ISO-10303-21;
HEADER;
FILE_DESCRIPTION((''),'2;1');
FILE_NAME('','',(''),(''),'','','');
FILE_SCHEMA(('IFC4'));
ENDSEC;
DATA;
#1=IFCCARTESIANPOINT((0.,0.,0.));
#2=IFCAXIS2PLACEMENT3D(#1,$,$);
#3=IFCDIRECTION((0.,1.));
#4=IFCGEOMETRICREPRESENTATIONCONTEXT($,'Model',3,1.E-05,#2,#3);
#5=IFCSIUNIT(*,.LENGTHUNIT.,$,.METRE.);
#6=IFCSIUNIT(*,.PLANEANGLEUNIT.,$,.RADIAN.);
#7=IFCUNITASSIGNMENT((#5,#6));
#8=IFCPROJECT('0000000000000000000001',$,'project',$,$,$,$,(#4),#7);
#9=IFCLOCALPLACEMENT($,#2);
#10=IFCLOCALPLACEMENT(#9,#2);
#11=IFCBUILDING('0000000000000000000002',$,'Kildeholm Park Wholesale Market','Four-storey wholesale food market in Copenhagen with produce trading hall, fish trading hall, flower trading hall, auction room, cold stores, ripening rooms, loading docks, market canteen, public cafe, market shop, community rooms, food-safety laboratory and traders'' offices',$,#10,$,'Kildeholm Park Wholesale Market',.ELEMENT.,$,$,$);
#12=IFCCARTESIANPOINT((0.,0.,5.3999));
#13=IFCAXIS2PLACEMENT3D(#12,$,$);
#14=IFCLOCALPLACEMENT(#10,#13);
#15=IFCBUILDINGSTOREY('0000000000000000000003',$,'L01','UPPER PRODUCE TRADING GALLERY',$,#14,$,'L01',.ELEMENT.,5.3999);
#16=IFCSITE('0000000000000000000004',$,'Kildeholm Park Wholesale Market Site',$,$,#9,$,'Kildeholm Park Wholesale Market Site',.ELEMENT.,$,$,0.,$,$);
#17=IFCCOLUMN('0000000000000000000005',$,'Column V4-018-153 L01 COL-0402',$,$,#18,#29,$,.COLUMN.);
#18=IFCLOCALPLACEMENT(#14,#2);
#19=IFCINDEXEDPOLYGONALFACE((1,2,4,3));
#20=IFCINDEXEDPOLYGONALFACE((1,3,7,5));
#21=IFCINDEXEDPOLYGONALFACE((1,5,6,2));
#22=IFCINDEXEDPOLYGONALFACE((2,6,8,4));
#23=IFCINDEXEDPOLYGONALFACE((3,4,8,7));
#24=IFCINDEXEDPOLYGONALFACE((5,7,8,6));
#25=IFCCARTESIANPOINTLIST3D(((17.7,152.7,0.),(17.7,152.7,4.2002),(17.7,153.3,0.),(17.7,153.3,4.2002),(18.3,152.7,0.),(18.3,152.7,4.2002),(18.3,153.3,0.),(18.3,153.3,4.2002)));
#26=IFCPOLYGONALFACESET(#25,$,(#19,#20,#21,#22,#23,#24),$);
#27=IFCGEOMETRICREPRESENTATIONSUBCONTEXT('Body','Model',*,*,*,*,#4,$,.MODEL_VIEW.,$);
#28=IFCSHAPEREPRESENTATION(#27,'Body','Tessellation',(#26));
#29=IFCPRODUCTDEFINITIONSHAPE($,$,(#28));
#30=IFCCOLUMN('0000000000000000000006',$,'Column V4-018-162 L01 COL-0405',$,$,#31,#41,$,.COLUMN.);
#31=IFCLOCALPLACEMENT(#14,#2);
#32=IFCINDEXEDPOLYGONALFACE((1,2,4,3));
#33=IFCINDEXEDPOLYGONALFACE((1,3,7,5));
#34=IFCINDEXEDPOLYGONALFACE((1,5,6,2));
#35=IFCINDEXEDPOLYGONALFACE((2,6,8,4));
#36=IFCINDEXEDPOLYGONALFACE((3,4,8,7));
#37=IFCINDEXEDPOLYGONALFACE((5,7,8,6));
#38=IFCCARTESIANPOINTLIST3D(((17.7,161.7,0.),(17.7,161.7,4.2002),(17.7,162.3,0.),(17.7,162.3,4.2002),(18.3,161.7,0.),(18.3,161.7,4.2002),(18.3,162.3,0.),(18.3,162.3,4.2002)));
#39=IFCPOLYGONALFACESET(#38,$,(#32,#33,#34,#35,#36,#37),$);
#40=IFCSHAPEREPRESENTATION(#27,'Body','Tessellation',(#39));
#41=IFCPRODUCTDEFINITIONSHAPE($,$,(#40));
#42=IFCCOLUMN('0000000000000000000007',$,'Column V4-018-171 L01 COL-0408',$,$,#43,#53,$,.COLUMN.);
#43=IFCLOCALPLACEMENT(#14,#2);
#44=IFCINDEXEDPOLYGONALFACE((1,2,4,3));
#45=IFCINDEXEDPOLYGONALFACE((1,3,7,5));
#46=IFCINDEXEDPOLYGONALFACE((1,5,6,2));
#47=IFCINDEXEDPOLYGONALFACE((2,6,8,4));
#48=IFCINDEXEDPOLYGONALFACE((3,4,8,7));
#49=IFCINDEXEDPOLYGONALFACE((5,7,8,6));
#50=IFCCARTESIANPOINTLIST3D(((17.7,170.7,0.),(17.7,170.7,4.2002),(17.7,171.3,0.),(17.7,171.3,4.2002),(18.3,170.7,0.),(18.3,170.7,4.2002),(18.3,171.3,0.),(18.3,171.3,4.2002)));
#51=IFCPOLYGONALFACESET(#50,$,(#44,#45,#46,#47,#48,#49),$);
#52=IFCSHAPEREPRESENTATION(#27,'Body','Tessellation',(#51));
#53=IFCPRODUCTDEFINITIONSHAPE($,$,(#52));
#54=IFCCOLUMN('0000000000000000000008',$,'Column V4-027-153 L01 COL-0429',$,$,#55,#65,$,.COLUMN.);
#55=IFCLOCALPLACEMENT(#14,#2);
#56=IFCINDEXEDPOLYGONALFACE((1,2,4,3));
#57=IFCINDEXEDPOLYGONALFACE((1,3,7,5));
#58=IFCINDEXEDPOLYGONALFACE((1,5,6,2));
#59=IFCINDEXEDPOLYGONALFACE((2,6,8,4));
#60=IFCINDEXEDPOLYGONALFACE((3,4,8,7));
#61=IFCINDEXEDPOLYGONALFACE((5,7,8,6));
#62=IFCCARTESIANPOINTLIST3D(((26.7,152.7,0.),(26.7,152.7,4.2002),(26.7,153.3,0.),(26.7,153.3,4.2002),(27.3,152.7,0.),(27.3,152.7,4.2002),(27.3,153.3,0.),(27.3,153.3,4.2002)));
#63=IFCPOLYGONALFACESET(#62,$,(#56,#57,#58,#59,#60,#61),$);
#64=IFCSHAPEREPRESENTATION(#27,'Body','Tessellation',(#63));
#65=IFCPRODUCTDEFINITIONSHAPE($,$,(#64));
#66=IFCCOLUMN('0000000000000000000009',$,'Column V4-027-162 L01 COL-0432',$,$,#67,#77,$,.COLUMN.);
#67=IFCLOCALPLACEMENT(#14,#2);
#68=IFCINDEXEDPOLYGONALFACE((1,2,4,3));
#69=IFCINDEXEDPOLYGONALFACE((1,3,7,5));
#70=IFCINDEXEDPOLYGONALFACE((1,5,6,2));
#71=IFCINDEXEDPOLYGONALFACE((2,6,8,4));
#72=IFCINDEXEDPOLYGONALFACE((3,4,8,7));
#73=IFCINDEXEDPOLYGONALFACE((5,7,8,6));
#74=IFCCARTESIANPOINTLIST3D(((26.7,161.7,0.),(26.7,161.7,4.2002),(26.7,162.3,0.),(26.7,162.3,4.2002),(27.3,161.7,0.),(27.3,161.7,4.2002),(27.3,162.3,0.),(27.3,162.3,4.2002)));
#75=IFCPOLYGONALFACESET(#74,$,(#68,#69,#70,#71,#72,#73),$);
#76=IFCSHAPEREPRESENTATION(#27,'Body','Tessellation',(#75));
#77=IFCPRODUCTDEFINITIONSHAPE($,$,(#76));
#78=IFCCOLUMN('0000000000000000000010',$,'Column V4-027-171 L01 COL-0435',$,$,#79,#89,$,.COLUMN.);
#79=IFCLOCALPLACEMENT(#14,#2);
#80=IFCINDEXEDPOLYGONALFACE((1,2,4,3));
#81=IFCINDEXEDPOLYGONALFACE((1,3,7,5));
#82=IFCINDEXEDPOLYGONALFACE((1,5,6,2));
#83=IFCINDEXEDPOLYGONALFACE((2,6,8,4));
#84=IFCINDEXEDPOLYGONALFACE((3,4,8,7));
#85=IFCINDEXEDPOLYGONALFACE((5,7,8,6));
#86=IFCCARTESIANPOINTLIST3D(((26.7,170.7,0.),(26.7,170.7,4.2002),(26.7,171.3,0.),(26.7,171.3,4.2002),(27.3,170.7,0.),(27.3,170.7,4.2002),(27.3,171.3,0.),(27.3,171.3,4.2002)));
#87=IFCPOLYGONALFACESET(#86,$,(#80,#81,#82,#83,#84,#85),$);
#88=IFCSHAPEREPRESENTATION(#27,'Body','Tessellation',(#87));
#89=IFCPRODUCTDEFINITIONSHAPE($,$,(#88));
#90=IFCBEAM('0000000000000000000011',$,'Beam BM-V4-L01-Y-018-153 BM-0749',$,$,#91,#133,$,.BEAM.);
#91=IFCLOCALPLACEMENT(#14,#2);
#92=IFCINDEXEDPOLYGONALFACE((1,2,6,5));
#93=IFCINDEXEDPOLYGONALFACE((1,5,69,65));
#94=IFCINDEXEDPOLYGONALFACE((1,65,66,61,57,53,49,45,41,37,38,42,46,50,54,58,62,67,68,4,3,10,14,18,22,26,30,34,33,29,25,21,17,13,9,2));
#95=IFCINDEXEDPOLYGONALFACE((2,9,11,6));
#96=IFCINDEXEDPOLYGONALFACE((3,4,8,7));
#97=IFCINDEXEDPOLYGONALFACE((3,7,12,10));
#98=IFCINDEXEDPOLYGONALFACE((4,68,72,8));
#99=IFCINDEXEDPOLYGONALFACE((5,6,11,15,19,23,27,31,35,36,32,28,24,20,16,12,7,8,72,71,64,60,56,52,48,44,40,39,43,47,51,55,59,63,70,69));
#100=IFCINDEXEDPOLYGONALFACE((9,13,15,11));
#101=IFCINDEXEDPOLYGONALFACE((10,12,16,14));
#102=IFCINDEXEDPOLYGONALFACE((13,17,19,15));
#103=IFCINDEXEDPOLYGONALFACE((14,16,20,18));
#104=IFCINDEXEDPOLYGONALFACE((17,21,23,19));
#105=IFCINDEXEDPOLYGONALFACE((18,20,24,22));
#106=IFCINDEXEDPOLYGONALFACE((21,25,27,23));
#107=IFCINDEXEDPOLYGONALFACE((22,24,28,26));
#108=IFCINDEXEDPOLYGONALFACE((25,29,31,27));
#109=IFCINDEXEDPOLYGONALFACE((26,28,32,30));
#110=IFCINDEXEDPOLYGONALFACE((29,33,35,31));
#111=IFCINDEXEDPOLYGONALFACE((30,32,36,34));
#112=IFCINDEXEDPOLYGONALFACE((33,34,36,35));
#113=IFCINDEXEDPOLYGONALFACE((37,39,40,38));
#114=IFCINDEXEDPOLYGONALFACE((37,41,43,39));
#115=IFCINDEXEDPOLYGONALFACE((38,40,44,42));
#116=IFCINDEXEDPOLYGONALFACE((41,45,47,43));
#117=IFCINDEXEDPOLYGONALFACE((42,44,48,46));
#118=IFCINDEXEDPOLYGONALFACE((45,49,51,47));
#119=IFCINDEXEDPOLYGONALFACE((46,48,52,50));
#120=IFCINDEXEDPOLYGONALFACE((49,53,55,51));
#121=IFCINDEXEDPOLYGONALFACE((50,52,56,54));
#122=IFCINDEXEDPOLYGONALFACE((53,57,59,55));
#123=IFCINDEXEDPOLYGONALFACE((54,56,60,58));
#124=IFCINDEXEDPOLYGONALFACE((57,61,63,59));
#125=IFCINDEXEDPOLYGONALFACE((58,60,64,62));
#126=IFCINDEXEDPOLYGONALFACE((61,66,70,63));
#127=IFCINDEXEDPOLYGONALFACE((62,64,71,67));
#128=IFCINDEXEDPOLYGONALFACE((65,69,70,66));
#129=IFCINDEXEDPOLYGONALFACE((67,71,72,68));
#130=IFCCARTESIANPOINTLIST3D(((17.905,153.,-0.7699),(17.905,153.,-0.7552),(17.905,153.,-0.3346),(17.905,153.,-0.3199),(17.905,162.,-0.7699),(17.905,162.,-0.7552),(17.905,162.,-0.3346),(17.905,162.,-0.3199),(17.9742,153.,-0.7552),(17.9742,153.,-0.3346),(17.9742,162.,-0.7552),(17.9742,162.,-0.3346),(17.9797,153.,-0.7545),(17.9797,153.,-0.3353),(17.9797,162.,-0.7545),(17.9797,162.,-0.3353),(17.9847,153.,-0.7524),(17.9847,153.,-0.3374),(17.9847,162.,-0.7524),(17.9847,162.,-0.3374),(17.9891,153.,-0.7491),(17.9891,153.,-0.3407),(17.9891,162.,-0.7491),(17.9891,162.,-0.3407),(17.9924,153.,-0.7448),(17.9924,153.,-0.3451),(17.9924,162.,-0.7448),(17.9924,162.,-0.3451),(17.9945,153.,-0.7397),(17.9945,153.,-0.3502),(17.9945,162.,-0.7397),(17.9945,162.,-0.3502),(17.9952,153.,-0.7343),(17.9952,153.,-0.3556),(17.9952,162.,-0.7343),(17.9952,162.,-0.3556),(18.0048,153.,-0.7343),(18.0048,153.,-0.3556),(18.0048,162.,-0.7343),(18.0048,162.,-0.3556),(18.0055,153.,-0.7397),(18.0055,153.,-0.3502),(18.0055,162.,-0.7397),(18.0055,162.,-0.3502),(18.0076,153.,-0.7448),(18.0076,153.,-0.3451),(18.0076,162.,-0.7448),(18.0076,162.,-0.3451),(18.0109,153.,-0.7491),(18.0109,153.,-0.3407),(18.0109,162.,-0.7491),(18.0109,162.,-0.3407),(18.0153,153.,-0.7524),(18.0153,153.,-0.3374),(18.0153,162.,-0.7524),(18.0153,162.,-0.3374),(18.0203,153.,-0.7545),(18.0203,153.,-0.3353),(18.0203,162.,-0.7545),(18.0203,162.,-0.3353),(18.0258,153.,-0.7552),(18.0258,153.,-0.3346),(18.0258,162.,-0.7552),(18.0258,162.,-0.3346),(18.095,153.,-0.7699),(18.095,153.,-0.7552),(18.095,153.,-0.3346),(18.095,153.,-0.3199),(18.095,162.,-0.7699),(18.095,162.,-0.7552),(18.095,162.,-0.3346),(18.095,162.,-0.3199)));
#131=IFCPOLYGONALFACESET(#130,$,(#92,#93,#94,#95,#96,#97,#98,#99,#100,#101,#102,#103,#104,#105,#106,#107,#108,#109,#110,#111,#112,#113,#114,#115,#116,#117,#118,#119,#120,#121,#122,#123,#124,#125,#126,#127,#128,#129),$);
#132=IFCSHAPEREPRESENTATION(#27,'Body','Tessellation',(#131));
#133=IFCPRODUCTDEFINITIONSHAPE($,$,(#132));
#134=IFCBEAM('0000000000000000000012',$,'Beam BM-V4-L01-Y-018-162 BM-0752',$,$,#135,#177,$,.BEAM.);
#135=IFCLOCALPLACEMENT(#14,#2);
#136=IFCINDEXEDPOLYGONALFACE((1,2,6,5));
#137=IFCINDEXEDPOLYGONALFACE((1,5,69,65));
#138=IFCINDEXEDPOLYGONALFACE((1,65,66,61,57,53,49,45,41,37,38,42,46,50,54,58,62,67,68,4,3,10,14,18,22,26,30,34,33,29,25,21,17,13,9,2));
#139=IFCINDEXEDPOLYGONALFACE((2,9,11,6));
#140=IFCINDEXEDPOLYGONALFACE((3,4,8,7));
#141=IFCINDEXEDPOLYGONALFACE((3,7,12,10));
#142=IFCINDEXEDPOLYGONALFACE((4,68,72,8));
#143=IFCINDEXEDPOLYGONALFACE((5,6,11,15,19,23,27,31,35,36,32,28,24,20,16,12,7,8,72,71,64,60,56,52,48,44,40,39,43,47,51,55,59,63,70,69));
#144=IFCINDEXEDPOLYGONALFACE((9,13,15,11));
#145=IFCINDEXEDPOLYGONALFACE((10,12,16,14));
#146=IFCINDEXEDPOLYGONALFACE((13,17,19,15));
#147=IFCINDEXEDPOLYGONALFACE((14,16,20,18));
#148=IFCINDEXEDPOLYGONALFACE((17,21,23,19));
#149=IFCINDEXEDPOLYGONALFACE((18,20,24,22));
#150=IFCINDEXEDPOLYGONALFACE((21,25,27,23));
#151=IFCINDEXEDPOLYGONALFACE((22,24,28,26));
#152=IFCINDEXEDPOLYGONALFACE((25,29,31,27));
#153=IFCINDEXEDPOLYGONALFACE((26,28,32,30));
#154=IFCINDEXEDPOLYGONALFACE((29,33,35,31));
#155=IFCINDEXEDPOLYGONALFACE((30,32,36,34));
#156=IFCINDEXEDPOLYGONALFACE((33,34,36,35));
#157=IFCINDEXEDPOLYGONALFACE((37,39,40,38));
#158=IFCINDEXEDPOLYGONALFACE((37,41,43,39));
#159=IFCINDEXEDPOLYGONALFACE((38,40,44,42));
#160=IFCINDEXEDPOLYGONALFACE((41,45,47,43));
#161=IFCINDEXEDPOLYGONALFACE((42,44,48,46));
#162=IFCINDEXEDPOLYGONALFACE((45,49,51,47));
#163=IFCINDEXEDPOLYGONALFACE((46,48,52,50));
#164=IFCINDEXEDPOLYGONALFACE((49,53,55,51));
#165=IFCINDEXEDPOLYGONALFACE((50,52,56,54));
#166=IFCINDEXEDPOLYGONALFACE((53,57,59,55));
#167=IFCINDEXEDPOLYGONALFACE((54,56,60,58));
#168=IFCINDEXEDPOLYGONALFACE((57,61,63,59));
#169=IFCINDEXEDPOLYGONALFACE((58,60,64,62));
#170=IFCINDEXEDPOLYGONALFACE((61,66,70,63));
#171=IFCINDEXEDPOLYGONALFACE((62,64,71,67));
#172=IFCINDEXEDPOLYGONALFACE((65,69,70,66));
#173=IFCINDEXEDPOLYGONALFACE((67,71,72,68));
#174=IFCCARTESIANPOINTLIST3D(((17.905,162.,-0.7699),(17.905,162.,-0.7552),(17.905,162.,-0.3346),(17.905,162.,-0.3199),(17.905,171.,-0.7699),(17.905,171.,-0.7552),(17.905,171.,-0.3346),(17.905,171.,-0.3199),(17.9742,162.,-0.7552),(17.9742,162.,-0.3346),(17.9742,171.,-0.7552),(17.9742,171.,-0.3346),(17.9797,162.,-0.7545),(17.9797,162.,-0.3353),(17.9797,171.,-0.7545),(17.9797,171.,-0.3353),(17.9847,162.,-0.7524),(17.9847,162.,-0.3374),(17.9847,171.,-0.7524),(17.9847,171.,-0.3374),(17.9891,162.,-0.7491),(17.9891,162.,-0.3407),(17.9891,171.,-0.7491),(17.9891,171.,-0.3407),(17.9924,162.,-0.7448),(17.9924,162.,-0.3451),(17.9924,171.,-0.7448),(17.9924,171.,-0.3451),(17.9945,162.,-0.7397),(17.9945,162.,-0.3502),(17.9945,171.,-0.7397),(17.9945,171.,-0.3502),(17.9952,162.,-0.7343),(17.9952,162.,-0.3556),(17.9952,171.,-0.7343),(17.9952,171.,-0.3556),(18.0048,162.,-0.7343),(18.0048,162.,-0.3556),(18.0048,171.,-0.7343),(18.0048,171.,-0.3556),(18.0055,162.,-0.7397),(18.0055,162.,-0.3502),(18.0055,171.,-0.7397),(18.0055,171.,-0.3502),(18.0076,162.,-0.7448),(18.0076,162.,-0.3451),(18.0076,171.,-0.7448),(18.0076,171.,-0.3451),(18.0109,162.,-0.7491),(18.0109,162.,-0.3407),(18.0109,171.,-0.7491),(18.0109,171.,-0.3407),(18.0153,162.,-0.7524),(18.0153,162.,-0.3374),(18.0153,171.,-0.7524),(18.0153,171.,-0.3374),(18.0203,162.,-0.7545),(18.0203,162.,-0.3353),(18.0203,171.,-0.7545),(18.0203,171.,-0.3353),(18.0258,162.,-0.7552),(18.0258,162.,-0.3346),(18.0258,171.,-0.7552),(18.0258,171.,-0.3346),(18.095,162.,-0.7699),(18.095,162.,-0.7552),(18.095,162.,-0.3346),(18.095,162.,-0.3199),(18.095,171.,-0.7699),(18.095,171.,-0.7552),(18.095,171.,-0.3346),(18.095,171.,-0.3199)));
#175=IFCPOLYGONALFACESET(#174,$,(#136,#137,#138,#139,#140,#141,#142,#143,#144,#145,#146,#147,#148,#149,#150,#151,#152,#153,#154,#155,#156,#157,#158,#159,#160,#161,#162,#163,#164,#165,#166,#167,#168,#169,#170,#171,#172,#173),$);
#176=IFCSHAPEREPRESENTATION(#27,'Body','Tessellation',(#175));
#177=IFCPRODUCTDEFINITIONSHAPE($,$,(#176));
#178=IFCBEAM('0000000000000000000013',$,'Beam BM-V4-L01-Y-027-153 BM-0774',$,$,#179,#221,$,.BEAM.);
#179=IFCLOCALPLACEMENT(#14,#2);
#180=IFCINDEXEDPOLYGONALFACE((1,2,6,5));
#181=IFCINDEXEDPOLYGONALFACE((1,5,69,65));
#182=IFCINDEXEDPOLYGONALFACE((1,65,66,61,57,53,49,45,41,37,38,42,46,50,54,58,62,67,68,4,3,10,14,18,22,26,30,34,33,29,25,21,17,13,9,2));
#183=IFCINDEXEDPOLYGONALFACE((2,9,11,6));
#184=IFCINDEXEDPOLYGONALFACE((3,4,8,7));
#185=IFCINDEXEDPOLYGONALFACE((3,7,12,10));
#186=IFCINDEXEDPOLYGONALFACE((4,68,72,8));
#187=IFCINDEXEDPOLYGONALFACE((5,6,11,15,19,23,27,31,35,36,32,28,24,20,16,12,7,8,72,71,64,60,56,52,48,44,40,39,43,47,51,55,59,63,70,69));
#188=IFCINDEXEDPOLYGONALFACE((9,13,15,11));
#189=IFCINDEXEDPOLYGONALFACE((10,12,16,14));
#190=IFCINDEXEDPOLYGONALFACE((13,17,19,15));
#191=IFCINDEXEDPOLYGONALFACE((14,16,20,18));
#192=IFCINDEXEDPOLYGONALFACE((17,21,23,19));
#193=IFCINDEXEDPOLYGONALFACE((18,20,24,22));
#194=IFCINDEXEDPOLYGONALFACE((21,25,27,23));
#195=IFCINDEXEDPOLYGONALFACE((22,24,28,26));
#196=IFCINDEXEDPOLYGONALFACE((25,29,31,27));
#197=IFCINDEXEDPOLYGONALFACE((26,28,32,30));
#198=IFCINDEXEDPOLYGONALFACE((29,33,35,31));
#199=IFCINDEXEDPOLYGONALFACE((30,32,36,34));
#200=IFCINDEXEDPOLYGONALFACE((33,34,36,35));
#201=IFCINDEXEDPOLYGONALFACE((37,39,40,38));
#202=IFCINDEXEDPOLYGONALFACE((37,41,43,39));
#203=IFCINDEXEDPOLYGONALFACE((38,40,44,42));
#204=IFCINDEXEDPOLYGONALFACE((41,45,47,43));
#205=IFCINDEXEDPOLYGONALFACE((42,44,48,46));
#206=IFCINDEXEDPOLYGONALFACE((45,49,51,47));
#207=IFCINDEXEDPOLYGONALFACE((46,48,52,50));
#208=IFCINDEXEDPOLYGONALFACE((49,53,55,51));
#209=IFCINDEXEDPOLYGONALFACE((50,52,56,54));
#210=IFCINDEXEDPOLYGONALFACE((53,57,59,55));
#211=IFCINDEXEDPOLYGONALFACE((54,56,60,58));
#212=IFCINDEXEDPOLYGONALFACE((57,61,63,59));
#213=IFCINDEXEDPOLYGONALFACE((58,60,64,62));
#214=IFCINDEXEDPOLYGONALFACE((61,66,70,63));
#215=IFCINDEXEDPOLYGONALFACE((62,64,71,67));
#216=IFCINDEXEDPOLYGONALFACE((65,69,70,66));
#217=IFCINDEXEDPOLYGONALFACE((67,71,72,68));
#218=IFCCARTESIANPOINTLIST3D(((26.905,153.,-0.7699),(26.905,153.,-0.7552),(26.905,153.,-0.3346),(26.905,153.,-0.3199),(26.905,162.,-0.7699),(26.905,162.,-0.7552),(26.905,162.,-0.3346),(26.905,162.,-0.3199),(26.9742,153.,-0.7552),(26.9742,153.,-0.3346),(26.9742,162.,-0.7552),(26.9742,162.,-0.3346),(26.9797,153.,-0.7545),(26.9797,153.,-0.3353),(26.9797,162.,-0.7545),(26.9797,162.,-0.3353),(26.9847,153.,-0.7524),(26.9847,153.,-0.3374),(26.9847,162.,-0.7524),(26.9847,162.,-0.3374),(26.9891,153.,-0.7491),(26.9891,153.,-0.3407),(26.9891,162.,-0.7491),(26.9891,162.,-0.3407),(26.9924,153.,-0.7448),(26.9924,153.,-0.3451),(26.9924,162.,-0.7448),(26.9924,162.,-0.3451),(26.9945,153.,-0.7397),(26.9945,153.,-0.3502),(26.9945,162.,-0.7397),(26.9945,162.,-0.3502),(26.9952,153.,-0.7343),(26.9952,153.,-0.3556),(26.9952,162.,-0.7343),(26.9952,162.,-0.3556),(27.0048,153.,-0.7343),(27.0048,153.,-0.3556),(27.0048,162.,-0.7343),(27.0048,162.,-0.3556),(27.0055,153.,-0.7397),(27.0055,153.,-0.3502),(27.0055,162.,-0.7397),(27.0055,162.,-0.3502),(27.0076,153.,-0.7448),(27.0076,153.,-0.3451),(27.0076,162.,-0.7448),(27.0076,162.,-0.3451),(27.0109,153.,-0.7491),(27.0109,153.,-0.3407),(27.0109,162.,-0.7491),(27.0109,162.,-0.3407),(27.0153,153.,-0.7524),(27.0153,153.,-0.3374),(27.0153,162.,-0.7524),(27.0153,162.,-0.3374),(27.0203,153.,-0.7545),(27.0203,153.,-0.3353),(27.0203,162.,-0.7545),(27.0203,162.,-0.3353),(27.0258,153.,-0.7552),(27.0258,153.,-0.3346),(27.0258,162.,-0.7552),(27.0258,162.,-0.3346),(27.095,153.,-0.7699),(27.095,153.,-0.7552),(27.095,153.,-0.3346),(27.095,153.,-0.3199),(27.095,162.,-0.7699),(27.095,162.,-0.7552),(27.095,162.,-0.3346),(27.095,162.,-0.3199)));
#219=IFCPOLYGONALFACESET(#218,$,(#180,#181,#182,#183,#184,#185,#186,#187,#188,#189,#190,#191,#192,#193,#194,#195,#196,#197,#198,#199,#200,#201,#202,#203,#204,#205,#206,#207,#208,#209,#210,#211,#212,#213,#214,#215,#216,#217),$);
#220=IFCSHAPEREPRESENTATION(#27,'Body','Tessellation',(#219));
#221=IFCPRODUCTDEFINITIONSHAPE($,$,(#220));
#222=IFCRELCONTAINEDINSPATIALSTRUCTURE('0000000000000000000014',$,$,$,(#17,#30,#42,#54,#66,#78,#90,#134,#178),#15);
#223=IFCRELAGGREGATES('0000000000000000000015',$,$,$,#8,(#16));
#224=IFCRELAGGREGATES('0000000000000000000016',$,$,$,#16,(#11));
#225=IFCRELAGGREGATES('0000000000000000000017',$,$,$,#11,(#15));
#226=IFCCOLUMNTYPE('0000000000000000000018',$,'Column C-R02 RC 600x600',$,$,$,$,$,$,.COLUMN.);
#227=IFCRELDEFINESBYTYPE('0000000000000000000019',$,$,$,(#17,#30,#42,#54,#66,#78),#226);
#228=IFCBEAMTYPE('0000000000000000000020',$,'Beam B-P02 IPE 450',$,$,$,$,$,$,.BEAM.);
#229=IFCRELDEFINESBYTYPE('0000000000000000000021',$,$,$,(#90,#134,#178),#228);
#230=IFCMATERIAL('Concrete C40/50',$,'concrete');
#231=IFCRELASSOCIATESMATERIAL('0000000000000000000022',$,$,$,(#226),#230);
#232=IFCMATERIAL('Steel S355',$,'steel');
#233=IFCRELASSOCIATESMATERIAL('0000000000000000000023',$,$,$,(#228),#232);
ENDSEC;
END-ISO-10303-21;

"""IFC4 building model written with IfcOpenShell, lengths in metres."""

from ifc_helpers import new_model, si_unit, direction, frame, origin, origin_2d, place, context, subcontext, project, spatial, rectangle, i_section, extrude, material, material_profile, profile_set, type_object, element, save


model = new_model("IFC4")

# Units and contexts
model_context = context("Model", 3, precision=1e-05, world=origin(), true_north=direction((0.0, 1.0)))
body_context = subcontext(model_context, "Body", "Model", "MODEL_VIEW")
ifc_project = project(units=[si_unit("LENGTHUNIT", "METRE"), si_unit("PLANEANGLEUNIT", "RADIAN")], contexts=[model_context])

# Site, building, storey
site_placement = place(None, origin())
site = spatial("IfcSite", under=ifc_project, at=site_placement, Name="Kildeholm Park Wholesale Market Site", LongName="Kildeholm Park Wholesale Market Site", CompositionType="ELEMENT", RefElevation=0.0)
building_placement = place(site_placement, origin())
building = spatial("IfcBuilding", under=site, at=building_placement, Name="Kildeholm Park Wholesale Market", Description="Four-storey wholesale food market in Copenhagen with produce trading hall, fish trading hall, flower trading hall, auction room, cold stores, ripening rooms, loading docks, market canteen, public cafe, market shop, community rooms, food-safety laboratory and traders' offices", LongName="Kildeholm Park Wholesale Market", CompositionType="ELEMENT")
storey_placement = place(building_placement, frame((0.0, 0.0, 5.3999)))
storey = spatial("IfcBuildingStorey", under=building, at=storey_placement, Name="L01", Description="UPPER PRODUCE TRADING GALLERY", LongName="L01", CompositionType="ELEMENT", Elevation=5.3999)

# Columns
ifc_material_1 = material(Name="Concrete C40/50", Category="concrete")
ifc_material_profile_1 = material_profile(ifc_material_1, rectangle(XDim=0.6001, YDim=0.6001, at=origin_2d()), Name="RC 600x600")
ifc_profile_set_1 = profile_set([ifc_material_profile_1], Name="Concrete C40/50")
column_type = type_object("IfcColumnType", Name="Column C-R02 RC 600x600", PredefinedType="COLUMN", material=ifc_profile_set_1)
for number, where, z_axis, x_axis, name in (
    (1, (18.0, 153.0, 0.0), (0.0, 0.0, 1.0), (1.0, 0.0, 0.0), "Column V4-018-153 L01 COL-0402"),
    (2, (18.0, 162.0, 0.0), (0.0, 0.0, 1.0), (1.0, 0.0, 0.0), "Column V4-018-162 L01 COL-0405"),
    (3, (18.0, 171.0, 0.0), (0.0, 0.0, 1.0), (1.0, 0.0, 0.0), "Column V4-018-171 L01 COL-0408"),
    (4, (27.0, 153.0, 0.0), (0.0, 0.0, 1.0), (1.0, 0.0, 0.0), "Column V4-027-153 L01 COL-0429"),
    (5, (27.0, 162.0, 0.0), (0.0, 0.0, 1.0), (1.0, 0.0, 0.0), "Column V4-027-162 L01 COL-0432"),
    (6, (27.0, 171.0, 0.0), (0.0, 0.0, 1.0), (1.0, 0.0, 0.0), "Column V4-027-171 L01 COL-0435"),
):
    element("IfcColumn", number, at=place(storey_placement, frame(where, z_axis=z_axis, x_axis=x_axis)), inside=storey, type_object=column_type, Name=name, PredefinedType="COLUMN", context=body_context, shape_type="SweptSolid", body=[
        extrude(rectangle(XDim=0.6001, YDim=0.6001, at=origin_2d()), origin(), (0.0, 0.0, 1.0), 4.2002),
    ])

# Beams
ifc_material_2 = material(Name="Steel S355", Category="steel")
ifc_material_profile_2 = material_profile(ifc_material_2, i_section(OverallWidth=0.1899, OverallDepth=0.45, WebThickness=0.0095, FlangeThickness=0.0146, FilletRadius=0.021, at=origin_2d()), Name="IPE 450")
ifc_profile_set_2 = profile_set([ifc_material_profile_2], Name="Steel S355")
beam_type_1 = type_object("IfcBeamType", Name="Beam B-P02 IPE 450", PredefinedType="BEAM", material=ifc_profile_set_2)
for number, where, z_axis, x_axis, name in (
    (7, (18.0, 153.0, -0.5449), (0.0, 1.0, 0.0), (-1.0, 0.0, 0.0), "Beam BM-V4-L01-Y-018-153 BM-0749"),
    (8, (18.0, 162.0, -0.5449), (0.0, 1.0, 0.0), (-1.0, 0.0, 0.0), "Beam BM-V4-L01-Y-018-162 BM-0752"),
    (9, (27.0, 153.0, -0.5449), (0.0, 1.0, 0.0), (-1.0, 0.0, 0.0), "Beam BM-V4-L01-Y-027-153 BM-0774"),
):
    element("IfcBeam", number, at=place(storey_placement, frame(where, z_axis=z_axis, x_axis=x_axis)), inside=storey, type_object=beam_type_1, Name=name, PredefinedType="BEAM", context=body_context, shape_type="SweptSolid", body=[
        extrude(i_section(OverallWidth=0.1899, OverallDepth=0.45, WebThickness=0.0095, FlangeThickness=0.0146, FilletRadius=0.021, at=origin_2d()), origin(), (0.0, 0.0, 1.0), 9.0),
    ])

save(model, "model.ifc")
